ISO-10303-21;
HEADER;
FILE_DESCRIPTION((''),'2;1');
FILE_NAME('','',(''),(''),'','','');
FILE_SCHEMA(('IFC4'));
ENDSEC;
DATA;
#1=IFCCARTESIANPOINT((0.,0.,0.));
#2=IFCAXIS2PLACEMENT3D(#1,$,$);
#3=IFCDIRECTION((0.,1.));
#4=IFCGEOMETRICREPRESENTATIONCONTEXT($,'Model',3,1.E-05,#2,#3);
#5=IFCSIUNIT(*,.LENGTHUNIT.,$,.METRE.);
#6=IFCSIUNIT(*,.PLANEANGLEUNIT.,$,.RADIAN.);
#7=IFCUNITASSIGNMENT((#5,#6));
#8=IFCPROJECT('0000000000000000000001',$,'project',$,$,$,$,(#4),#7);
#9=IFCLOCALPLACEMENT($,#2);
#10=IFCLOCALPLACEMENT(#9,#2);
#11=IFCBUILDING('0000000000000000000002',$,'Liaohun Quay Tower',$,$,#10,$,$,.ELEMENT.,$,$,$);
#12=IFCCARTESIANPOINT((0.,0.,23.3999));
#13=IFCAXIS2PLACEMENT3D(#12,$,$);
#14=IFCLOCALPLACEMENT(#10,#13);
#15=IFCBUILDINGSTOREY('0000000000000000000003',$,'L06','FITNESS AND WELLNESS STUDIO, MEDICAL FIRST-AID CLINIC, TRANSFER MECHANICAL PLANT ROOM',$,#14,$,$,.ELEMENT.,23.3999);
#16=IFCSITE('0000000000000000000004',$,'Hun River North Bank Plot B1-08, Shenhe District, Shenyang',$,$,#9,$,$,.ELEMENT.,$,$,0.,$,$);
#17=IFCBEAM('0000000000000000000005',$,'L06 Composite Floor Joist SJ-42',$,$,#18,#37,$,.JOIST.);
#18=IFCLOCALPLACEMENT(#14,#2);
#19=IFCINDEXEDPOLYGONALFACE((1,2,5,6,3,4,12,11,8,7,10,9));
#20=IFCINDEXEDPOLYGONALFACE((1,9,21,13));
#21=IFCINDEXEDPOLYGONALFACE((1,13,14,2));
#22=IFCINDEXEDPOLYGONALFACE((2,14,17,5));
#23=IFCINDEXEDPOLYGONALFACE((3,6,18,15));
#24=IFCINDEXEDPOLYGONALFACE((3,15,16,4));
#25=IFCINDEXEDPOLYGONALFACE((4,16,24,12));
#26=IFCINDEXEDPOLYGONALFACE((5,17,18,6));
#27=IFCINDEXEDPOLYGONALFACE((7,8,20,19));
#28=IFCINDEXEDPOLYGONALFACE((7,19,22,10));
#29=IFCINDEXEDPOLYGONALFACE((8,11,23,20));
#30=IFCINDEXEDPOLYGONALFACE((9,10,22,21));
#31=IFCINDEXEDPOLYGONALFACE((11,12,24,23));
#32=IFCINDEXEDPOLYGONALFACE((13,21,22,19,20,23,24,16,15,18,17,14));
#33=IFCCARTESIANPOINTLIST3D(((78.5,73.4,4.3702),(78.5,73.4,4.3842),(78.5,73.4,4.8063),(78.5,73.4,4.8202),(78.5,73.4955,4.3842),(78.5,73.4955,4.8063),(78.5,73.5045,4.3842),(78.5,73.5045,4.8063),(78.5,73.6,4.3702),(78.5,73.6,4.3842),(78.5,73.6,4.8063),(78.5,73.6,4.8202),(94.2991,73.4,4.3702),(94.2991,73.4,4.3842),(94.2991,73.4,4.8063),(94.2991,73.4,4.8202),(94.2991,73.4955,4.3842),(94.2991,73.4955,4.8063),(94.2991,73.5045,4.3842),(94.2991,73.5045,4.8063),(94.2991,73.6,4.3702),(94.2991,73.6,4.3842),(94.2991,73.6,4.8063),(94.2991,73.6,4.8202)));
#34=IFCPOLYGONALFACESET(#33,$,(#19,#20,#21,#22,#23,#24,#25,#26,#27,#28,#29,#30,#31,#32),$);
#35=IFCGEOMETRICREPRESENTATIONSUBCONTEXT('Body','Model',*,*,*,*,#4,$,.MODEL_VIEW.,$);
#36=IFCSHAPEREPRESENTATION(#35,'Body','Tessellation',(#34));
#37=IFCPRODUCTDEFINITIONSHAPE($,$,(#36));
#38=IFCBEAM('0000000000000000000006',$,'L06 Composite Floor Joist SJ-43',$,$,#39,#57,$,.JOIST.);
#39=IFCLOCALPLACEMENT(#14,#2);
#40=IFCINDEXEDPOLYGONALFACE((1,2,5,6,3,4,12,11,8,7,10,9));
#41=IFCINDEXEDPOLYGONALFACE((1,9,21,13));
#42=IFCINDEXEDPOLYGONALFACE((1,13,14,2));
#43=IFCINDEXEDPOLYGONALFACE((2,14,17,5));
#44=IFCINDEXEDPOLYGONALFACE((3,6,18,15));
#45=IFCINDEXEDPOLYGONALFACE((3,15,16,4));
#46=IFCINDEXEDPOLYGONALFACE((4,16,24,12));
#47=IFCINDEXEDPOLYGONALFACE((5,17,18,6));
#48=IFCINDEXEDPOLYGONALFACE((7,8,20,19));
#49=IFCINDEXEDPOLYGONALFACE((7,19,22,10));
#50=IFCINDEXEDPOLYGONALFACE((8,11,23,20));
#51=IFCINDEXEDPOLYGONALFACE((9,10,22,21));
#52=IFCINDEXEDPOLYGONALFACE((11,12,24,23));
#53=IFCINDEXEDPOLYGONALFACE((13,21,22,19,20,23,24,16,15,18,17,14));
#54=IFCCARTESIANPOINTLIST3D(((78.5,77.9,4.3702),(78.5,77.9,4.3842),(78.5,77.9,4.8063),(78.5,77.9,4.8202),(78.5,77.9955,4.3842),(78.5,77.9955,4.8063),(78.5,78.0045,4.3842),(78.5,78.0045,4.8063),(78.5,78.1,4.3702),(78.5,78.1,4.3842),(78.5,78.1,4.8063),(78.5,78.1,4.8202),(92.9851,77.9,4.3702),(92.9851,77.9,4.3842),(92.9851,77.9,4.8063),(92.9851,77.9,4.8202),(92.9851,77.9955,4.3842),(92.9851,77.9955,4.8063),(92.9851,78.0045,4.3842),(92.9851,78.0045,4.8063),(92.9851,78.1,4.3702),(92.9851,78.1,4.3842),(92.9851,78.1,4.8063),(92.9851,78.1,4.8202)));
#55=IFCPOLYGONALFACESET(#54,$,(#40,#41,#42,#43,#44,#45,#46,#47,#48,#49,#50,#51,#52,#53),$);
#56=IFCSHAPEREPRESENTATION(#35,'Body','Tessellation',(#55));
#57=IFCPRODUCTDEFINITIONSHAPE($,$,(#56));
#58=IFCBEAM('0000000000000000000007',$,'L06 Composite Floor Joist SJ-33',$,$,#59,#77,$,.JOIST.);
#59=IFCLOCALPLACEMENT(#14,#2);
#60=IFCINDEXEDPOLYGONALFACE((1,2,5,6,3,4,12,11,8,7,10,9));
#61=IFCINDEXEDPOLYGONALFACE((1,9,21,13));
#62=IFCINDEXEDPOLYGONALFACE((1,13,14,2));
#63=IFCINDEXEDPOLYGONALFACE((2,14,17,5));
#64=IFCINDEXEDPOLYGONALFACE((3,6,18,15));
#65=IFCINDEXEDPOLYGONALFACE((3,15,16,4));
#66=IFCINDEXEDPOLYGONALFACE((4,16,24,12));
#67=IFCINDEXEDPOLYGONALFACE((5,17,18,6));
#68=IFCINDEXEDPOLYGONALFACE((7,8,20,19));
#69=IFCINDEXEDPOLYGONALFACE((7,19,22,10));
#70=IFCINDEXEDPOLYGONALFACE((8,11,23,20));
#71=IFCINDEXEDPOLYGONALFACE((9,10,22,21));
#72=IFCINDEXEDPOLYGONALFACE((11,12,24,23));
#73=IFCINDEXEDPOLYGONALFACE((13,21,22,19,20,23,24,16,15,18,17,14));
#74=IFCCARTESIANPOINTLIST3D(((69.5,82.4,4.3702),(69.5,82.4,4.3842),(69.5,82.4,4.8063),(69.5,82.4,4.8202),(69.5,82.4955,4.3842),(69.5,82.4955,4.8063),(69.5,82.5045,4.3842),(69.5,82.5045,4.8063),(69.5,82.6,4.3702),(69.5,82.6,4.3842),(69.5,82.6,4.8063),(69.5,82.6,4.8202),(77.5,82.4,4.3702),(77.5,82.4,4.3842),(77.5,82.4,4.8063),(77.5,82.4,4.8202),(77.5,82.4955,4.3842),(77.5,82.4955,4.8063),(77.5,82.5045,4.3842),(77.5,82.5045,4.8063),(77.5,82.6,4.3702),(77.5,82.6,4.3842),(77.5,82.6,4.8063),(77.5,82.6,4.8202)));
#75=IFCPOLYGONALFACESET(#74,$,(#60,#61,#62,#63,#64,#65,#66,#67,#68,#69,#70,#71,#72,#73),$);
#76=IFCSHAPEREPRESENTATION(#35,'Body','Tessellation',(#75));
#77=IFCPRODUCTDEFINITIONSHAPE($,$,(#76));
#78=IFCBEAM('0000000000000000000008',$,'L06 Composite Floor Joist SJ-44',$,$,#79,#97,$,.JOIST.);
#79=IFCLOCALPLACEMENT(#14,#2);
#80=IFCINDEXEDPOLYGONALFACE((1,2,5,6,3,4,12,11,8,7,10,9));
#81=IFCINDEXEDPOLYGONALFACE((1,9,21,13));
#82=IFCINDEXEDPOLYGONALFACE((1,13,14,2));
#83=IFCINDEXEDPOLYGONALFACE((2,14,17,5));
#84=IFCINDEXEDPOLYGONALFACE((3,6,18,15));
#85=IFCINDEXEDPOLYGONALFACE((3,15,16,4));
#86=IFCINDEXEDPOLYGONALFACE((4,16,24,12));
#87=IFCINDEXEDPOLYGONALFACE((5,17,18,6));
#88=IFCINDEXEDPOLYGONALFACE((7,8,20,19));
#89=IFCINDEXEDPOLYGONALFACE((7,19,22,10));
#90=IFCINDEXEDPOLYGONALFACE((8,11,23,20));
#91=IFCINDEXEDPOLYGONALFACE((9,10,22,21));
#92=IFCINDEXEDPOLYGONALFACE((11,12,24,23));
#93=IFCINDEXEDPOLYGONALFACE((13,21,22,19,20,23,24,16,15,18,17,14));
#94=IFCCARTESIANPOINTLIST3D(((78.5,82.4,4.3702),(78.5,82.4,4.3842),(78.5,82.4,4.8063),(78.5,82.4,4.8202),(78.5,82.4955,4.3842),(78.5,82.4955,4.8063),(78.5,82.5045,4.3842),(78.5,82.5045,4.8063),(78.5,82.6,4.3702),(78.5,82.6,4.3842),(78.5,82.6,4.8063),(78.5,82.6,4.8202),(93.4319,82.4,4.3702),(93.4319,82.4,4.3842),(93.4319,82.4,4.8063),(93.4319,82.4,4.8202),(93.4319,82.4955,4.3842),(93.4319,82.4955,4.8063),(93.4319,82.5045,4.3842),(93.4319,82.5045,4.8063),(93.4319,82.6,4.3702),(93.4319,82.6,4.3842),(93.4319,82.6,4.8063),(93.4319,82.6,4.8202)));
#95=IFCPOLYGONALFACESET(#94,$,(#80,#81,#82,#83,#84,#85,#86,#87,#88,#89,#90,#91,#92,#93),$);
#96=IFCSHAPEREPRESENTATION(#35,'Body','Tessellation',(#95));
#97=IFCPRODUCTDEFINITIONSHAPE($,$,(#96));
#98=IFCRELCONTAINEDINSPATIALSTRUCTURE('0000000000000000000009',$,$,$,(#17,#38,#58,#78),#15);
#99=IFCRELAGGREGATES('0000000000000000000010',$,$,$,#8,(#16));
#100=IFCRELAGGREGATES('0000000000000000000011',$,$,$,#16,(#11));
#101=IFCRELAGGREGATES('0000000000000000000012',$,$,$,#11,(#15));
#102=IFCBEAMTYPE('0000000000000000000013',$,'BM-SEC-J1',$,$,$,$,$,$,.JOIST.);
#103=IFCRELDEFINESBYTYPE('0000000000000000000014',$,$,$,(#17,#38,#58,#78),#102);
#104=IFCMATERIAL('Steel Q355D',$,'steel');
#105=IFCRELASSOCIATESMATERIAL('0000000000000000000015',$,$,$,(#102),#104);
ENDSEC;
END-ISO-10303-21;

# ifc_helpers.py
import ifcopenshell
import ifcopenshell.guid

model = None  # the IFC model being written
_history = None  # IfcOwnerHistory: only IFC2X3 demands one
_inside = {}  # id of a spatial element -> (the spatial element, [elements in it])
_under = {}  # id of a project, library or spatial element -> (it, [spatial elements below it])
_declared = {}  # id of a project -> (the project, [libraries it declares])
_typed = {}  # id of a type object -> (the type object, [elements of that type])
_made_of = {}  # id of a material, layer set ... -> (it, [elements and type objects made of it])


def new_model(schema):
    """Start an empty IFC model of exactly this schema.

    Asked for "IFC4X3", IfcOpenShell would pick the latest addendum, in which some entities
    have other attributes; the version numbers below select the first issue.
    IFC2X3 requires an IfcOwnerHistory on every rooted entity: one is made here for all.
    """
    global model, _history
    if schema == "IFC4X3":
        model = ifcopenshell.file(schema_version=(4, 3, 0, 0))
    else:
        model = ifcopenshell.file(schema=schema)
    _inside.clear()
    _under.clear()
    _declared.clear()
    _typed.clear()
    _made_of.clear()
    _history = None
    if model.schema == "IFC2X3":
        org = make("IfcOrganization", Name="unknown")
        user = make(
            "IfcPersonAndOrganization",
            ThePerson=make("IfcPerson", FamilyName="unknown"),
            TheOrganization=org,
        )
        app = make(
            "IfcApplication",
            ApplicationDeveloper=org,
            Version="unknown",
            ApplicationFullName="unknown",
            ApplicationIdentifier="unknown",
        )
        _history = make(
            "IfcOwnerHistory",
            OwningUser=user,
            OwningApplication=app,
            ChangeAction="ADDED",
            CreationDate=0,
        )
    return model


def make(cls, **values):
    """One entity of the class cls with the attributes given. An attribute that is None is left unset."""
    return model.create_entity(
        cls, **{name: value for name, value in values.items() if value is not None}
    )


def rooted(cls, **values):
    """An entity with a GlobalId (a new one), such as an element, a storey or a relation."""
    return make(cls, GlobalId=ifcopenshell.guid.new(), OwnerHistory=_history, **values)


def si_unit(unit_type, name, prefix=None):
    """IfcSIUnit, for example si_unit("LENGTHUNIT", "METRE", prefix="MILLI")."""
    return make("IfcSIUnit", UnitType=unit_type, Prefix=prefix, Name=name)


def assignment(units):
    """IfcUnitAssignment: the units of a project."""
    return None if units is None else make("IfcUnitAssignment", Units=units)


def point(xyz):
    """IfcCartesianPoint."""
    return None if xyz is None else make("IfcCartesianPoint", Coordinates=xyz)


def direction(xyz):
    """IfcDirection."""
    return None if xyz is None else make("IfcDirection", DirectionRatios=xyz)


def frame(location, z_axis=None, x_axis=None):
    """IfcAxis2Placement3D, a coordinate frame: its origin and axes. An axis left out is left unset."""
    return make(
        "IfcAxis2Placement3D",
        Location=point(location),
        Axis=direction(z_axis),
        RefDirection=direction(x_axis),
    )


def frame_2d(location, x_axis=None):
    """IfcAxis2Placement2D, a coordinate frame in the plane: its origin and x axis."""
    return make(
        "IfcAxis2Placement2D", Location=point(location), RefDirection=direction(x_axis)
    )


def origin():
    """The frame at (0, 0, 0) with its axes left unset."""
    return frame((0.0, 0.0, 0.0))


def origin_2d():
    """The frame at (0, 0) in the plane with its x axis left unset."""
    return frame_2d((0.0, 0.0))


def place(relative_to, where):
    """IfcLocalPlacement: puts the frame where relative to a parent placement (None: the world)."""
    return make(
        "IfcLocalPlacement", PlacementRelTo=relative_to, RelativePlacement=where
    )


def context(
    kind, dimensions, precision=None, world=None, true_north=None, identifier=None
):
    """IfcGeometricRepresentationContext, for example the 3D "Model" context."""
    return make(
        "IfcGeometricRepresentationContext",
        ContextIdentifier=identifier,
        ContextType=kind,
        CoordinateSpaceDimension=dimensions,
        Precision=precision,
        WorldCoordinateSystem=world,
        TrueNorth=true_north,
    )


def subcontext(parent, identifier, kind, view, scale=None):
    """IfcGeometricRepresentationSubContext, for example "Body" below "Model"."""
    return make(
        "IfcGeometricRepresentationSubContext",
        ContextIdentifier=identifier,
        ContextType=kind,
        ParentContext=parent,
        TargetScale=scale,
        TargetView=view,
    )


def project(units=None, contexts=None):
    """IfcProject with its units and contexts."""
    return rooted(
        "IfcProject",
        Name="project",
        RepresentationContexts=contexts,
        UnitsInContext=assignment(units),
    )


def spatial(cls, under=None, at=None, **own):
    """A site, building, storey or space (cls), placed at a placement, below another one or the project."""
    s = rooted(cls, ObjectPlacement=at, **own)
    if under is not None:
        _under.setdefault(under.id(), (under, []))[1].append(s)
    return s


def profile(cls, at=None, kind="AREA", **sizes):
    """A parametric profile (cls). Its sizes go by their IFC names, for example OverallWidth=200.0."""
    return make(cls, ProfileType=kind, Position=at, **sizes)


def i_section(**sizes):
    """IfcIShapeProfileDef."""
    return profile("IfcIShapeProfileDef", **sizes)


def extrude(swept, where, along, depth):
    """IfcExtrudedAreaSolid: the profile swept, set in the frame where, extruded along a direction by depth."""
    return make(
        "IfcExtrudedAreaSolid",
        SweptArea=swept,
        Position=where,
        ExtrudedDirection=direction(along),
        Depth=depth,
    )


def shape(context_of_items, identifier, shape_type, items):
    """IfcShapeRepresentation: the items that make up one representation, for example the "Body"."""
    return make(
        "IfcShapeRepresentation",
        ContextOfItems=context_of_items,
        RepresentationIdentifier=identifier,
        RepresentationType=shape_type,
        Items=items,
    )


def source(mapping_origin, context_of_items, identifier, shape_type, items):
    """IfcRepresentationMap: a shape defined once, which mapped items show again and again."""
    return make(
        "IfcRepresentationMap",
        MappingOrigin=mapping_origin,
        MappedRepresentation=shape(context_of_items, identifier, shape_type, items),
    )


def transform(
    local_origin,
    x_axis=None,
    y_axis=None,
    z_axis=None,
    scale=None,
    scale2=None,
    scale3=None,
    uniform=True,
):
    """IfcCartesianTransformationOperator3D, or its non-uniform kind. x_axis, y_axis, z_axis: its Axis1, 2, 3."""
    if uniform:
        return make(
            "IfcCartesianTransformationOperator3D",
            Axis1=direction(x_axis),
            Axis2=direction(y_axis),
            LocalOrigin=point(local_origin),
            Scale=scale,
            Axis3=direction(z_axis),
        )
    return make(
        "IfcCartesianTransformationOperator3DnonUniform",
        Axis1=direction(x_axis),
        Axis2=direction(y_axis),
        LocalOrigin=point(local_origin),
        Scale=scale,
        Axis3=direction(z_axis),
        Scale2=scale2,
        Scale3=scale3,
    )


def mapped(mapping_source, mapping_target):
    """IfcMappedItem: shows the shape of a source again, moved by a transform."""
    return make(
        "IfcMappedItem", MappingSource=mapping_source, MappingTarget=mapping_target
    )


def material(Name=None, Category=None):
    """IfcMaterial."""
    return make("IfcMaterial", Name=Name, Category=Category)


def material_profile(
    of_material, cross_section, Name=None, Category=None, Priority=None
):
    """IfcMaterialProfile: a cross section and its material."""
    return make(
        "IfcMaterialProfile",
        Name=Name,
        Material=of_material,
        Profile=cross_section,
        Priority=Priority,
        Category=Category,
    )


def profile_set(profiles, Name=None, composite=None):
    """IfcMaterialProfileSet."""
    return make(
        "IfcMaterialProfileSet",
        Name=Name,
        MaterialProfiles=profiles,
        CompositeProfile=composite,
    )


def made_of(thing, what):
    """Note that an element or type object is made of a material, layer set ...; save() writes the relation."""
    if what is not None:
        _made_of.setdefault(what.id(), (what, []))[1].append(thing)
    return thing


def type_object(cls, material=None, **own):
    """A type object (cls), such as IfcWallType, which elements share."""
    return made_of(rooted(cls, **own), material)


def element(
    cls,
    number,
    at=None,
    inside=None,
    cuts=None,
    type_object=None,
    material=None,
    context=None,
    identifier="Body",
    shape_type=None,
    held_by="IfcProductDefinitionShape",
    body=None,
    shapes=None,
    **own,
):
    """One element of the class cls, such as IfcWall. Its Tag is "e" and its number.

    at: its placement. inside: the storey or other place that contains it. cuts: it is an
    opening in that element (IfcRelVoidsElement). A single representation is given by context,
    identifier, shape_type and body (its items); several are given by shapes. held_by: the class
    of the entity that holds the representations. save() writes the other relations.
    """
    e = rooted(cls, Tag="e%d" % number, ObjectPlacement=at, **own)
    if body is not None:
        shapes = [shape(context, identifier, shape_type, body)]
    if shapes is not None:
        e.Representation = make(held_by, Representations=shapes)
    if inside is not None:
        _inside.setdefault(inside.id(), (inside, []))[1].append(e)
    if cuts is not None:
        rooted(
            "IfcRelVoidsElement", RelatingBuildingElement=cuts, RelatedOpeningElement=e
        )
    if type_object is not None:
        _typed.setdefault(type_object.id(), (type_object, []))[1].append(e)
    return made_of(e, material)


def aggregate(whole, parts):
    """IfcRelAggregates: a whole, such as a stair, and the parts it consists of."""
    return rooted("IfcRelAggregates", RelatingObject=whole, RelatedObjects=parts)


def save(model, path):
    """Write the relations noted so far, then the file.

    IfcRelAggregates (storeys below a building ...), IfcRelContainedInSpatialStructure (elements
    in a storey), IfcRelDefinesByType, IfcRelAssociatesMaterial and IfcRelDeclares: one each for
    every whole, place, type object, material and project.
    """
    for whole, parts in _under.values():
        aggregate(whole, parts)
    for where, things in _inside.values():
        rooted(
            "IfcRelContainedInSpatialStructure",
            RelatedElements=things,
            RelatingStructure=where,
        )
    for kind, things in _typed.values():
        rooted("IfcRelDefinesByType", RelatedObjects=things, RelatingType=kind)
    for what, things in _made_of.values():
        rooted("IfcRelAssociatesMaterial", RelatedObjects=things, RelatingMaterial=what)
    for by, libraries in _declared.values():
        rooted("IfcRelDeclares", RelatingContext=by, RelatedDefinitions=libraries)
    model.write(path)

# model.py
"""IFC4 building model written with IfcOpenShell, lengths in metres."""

from ifc_helpers import new_model, si_unit, direction, frame, origin, origin_2d, place, context, subcontext, project, spatial, i_section, extrude, source, transform, mapped, material, material_profile, profile_set, type_object, element, save


model = new_model("IFC4")

# Units and contexts
model_context = context("Model", 3, precision=1e-05, world=origin(), true_north=direction((0.0, 1.0)))
body_context = subcontext(model_context, "Body", "Model", "MODEL_VIEW")
ifc_project = project(units=[si_unit("LENGTHUNIT", "METRE"), si_unit("PLANEANGLEUNIT", "RADIAN")], contexts=[model_context])

# Site, building, storey
site_placement = place(None, origin())
site = spatial("IfcSite", under=ifc_project, at=site_placement, Name="Hun River North Bank Plot B1-08, Shenhe District, Shenyang", CompositionType="ELEMENT", RefElevation=0.0)
building_placement = place(site_placement, origin())
building = spatial("IfcBuilding", under=site, at=building_placement, Name="Liaohun Quay Tower", CompositionType="ELEMENT")
storey_placement = place(building_placement, frame((0.0, 0.0, 23.3999)))
storey = spatial("IfcBuildingStorey", under=building, at=storey_placement, Name="L06", Description="FITNESS AND WELLNESS STUDIO, MEDICAL FIRST-AID CLINIC, TRANSFER MECHANICAL PLANT ROOM", CompositionType="ELEMENT", Elevation=23.3999)

# Beams
ifc_material_1 = material(Name="Steel Q355D", Category="steel")
ifc_material_profile_1 = material_profile(ifc_material_1, i_section(OverallWidth=0.2, OverallDepth=0.45, WebThickness=0.009, FlangeThickness=0.0139, at=origin_2d()), Name="HN450x200x9x14")
ifc_profile_set_1 = profile_set([ifc_material_profile_1], Name="Steel Q355D")
beam_type_1 = type_object("IfcBeamType", Name="BM-SEC-J1", PredefinedType="JOIST", material=ifc_profile_set_1)
shared_shape_1 = source(origin(), body_context, "Body", "SweptSolid", [
    extrude(i_section(OverallWidth=0.2, OverallDepth=0.45, WebThickness=0.009, FlangeThickness=0.0139, at=origin_2d()), origin(), (0.0, 0.0, 1.0), 15.7991),
])
beam_1_placement = place(storey_placement, frame((78.5, 73.5, 4.5952), z_axis=(1.0, 0.0, 0.0), x_axis=(0.0, 1.0, 0.0)))
element("IfcBeam", 1, at=beam_1_placement, inside=storey, type_object=beam_type_1, Name="L06 Composite Floor Joist SJ-42", PredefinedType="JOIST", context=body_context, shape_type="MappedRepresentation", body=[
    mapped(shared_shape_1, transform((0.0, 0.0, 0.0), x_axis=(1.0, 0.0, 0.0), y_axis=(0.0, 1.0, 0.0), z_axis=(0.0, 0.0, 1.0), scale=1.0)),
])
shared_shape_2 = source(origin(), body_context, "Body", "SweptSolid", [
    extrude(i_section(OverallWidth=0.2, OverallDepth=0.45, WebThickness=0.009, FlangeThickness=0.0139, at=origin_2d()), origin(), (0.0, 0.0, 1.0), 14.4851),
])
beam_2_placement = place(storey_placement, frame((78.5, 78.0, 4.5952), z_axis=(1.0, 0.0, 0.0), x_axis=(0.0, 1.0, 0.0)))
element("IfcBeam", 2, at=beam_2_placement, inside=storey, type_object=beam_type_1, Name="L06 Composite Floor Joist SJ-43", PredefinedType="JOIST", context=body_context, shape_type="MappedRepresentation", body=[
    mapped(shared_shape_2, transform((0.0, 0.0, 0.0), x_axis=(1.0, 0.0, 0.0), y_axis=(0.0, 1.0, 0.0), z_axis=(0.0, 0.0, 1.0), scale=1.0)),
])
shared_shape_3 = source(origin(), body_context, "Body", "SweptSolid", [
    extrude(i_section(OverallWidth=0.2, OverallDepth=0.45, WebThickness=0.009, FlangeThickness=0.0139, at=origin_2d()), origin(), (0.0, 0.0, 1.0), 8.0),
])
beam_3_placement = place(storey_placement, frame((69.5, 82.5, 4.5952), z_axis=(1.0, 0.0, 0.0), x_axis=(0.0, 1.0, 0.0)))
element("IfcBeam", 3, at=beam_3_placement, inside=storey, type_object=beam_type_1, Name="L06 Composite Floor Joist SJ-33", PredefinedType="JOIST", context=body_context, shape_type="MappedRepresentation", body=[
    mapped(shared_shape_3, transform((0.0, 0.0, 0.0), x_axis=(1.0, 0.0, 0.0), y_axis=(0.0, 1.0, 0.0), z_axis=(0.0, 0.0, 1.0), scale=1.0)),
])
shared_shape_4 = source(origin(), body_context, "Body", "SweptSolid", [
    extrude(i_section(OverallWidth=0.2, OverallDepth=0.45, WebThickness=0.009, FlangeThickness=0.0139, at=origin_2d()), origin(), (0.0, 0.0, 1.0), 14.9319),
])
beam_4_placement = place(storey_placement, frame((78.5, 82.5, 4.5952), z_axis=(1.0, 0.0, 0.0), x_axis=(0.0, 1.0, 0.0)))
element("IfcBeam", 4, at=beam_4_placement, inside=storey, type_object=beam_type_1, Name="L06 Composite Floor Joist SJ-44", PredefinedType="JOIST", context=body_context, shape_type="MappedRepresentation", body=[
    mapped(shared_shape_4, transform((0.0, 0.0, 0.0), x_axis=(1.0, 0.0, 0.0), y_axis=(0.0, 1.0, 0.0), z_axis=(0.0, 0.0, 1.0), scale=1.0)),
])

save(model, "model.ifc")
